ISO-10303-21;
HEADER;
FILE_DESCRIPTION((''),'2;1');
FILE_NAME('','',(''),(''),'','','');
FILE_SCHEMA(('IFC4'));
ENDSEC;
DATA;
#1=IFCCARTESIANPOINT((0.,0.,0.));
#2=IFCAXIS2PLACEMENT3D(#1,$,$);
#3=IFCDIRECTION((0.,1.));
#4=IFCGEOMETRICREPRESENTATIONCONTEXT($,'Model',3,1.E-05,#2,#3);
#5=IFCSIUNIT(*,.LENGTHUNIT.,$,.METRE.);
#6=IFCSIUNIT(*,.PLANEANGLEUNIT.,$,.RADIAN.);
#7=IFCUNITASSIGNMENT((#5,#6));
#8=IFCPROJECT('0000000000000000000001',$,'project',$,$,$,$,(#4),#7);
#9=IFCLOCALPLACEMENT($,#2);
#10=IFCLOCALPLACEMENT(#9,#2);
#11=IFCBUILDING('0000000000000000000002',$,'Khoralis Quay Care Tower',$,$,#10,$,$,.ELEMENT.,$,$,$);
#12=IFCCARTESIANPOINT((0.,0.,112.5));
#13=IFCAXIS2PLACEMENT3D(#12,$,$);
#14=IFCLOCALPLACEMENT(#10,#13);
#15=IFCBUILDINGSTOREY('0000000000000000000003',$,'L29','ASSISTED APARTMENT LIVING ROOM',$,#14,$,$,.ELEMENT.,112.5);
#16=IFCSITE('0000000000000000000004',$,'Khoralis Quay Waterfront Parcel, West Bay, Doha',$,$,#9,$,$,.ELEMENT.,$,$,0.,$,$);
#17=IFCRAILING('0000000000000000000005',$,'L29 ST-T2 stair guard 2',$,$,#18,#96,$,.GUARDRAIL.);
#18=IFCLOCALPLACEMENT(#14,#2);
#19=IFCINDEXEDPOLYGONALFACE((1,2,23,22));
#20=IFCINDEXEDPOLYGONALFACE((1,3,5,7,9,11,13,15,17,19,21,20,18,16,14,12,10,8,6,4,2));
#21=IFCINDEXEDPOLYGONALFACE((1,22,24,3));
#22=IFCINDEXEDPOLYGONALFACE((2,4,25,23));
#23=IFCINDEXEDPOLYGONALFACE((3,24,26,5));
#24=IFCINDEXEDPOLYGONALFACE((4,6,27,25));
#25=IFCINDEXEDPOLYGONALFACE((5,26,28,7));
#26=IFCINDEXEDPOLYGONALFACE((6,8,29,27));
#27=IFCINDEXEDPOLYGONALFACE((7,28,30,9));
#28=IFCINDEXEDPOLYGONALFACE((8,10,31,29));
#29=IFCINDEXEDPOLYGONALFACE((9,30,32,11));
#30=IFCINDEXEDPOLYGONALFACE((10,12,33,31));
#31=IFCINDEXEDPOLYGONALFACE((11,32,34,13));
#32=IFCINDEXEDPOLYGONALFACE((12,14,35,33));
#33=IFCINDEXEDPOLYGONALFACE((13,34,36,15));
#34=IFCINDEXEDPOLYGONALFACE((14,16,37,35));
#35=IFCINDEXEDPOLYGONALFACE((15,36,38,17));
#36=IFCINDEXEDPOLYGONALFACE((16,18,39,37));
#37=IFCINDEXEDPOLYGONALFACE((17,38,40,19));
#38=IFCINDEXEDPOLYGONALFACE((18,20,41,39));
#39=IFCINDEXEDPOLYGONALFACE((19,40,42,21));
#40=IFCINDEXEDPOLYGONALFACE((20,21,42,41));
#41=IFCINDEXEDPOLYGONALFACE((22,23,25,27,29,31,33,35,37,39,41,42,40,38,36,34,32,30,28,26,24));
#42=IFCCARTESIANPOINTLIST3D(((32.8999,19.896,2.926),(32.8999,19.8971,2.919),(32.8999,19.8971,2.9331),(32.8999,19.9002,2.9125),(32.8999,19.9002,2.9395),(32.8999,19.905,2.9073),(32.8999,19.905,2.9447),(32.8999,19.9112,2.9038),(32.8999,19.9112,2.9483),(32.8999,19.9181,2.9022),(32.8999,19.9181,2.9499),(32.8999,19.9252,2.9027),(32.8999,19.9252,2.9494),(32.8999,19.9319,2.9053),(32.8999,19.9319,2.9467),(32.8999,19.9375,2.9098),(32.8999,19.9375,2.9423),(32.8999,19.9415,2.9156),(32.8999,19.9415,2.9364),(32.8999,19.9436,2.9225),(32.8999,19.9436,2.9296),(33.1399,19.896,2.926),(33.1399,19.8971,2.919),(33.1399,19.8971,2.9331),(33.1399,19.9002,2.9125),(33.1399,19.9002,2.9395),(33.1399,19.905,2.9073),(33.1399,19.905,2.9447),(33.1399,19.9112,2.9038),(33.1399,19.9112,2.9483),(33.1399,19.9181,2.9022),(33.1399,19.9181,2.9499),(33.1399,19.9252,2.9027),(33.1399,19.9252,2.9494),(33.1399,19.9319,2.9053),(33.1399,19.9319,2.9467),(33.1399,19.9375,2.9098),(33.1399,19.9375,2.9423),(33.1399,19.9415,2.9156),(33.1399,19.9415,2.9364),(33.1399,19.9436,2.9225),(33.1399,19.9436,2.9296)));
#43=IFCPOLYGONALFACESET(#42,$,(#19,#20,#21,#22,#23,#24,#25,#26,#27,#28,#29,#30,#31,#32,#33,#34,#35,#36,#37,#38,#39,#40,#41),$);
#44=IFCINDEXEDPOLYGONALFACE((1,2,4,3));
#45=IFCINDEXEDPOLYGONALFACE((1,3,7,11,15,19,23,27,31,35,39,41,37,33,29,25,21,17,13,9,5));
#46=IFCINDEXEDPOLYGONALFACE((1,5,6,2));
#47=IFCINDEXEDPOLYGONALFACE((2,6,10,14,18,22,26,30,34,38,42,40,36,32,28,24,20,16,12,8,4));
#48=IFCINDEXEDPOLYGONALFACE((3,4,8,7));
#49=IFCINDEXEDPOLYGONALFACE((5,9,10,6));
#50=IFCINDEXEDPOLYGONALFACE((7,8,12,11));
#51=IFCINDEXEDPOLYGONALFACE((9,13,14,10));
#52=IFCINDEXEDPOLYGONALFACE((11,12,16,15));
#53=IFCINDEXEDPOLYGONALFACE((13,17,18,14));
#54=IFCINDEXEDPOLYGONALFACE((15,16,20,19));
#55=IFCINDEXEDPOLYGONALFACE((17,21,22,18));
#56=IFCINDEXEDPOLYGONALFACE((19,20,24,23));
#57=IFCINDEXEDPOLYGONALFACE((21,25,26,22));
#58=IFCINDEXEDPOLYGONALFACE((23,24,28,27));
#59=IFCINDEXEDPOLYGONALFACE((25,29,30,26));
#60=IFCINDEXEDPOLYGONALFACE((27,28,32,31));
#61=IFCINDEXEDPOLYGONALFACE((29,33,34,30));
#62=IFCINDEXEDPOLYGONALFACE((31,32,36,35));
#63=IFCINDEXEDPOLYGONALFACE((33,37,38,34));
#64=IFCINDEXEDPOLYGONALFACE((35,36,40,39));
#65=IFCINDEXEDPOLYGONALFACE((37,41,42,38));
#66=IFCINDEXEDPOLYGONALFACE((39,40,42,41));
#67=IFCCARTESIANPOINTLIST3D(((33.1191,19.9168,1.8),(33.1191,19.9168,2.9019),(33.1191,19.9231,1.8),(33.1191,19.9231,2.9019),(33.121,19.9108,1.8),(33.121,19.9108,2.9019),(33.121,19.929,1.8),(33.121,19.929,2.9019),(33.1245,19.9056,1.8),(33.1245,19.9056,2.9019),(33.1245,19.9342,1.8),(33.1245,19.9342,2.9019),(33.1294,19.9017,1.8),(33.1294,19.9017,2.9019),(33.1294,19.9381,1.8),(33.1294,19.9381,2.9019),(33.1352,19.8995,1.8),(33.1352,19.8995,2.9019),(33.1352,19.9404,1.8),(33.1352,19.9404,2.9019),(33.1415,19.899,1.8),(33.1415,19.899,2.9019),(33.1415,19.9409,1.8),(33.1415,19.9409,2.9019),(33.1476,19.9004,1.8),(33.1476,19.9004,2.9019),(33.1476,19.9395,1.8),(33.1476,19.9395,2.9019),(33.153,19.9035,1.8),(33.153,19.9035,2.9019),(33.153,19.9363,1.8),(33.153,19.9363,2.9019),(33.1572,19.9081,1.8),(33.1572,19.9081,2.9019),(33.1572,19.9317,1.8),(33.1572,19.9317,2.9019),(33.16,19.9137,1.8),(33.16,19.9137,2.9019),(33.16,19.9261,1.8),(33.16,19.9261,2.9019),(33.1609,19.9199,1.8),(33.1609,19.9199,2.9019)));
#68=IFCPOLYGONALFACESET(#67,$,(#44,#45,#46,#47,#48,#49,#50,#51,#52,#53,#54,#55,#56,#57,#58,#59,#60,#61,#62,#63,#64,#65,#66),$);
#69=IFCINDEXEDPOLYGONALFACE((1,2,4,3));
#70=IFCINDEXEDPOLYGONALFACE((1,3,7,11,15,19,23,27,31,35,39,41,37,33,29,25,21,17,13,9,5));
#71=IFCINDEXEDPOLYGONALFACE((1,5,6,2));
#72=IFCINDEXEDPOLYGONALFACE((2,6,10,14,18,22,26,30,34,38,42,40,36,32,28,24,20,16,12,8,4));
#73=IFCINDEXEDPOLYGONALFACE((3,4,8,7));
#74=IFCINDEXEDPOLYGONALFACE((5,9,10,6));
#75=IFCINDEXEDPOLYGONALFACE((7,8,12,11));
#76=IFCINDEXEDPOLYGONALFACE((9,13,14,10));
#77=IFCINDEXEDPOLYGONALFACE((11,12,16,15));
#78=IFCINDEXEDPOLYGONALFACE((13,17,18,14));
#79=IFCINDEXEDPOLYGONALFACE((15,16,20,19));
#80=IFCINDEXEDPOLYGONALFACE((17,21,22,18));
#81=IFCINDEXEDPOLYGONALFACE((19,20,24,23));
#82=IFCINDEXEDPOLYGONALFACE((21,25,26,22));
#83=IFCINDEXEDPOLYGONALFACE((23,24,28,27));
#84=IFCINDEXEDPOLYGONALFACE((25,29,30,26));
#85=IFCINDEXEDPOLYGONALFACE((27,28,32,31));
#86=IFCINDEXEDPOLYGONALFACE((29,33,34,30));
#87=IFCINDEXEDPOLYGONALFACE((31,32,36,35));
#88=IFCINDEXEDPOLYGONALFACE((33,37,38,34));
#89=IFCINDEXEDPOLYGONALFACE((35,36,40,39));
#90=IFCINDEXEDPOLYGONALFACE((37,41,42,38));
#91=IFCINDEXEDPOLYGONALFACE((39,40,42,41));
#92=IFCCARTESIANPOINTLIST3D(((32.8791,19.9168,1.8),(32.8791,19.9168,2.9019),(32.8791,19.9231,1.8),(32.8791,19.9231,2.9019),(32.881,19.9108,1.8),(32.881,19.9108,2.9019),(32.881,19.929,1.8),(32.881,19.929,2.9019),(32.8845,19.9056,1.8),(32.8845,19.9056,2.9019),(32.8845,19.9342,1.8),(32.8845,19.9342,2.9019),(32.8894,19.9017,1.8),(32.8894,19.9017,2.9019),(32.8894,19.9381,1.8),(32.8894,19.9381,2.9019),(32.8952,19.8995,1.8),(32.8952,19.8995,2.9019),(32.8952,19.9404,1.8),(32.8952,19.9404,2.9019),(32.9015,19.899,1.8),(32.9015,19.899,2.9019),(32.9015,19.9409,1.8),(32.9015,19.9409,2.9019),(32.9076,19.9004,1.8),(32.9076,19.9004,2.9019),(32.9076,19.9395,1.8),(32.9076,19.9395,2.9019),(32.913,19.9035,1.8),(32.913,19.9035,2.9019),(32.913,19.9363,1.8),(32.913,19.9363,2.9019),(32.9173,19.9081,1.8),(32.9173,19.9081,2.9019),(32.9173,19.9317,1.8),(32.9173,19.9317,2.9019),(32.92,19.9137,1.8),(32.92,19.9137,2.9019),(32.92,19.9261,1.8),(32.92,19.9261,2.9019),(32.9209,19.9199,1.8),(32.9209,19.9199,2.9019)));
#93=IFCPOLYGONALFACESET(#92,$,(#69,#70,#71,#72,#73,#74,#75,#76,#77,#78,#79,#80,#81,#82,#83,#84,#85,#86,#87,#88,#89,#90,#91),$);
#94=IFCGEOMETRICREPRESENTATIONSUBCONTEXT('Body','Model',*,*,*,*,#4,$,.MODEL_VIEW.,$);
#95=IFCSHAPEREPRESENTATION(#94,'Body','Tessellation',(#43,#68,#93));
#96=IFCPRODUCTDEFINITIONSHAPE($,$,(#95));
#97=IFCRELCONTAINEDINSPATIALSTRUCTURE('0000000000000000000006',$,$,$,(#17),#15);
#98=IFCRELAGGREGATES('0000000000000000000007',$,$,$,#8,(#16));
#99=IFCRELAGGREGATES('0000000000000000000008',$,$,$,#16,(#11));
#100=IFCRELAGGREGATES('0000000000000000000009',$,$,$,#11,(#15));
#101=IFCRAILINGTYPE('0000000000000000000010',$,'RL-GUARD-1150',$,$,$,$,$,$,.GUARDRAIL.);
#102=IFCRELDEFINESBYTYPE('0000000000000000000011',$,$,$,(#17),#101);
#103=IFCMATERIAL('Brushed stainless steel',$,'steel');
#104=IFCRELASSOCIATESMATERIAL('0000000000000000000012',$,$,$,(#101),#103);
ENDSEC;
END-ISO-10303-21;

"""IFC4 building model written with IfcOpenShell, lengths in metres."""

from ifc_helpers import new_model, si_unit, direction, frame, origin, origin_2d, place, context, subcontext, project, spatial, circle, extrude, material, type_object, element, save


model = new_model("IFC4")

# Units and contexts
model_context = context("Model", 3, precision=1e-05, world=origin(), true_north=direction((0.0, 1.0)))
body_context = subcontext(model_context, "Body", "Model", "MODEL_VIEW")
ifc_project = project(units=[si_unit("LENGTHUNIT", "METRE"), si_unit("PLANEANGLEUNIT", "RADIAN")], contexts=[model_context])

# Site, building, storey
site_placement = place(None, origin())
site = spatial("IfcSite", under=ifc_project, at=site_placement, Name="Khoralis Quay Waterfront Parcel, West Bay, Doha", CompositionType="ELEMENT", RefElevation=0.0)
building_placement = place(site_placement, origin())
building = spatial("IfcBuilding", under=site, at=building_placement, Name="Khoralis Quay Care Tower", CompositionType="ELEMENT")
storey_placement = place(building_placement, frame((0.0, 0.0, 112.5)))
storey = spatial("IfcBuildingStorey", under=building, at=storey_placement, Name="L29", Description="ASSISTED APARTMENT LIVING ROOM", CompositionType="ELEMENT", Elevation=112.5)

# Shared definitions
ifc_material_1 = material(Name="Brushed stainless steel", Category="steel")

# Railing
railing_type_1 = type_object("IfcRailingType", Name="RL-GUARD-1150", PredefinedType="GUARDRAIL", material=ifc_material_1)
railing_1_placement = place(storey_placement, frame((33.1399, 19.9199, 1.8)))
element("IfcRailing", 1, at=railing_1_placement, inside=storey, type_object=railing_type_1, Name="L29 ST-T2 stair guard 2", PredefinedType="GUARDRAIL", context=body_context, shape_type="SweptSolid", body=[
    extrude(circle(Radius=0.0239, at=origin_2d()), frame((0.0, 0.0, 1.126), z_axis=(-1.0, 0.0, 0.0), x_axis=(0.0, -1.0, 0.0)), (0.0, 0.0, 1.0), 0.24),
    extrude(circle(Radius=0.021, at=origin_2d()), origin(), (0.0, 0.0, 1.0), 1.1018),
    extrude(circle(Radius=0.021, at=origin_2d()), frame((-0.24, 0.0, 0.0)), (0.0, 0.0, 1.0), 1.1018),
])

save(model, "model.ifc")
